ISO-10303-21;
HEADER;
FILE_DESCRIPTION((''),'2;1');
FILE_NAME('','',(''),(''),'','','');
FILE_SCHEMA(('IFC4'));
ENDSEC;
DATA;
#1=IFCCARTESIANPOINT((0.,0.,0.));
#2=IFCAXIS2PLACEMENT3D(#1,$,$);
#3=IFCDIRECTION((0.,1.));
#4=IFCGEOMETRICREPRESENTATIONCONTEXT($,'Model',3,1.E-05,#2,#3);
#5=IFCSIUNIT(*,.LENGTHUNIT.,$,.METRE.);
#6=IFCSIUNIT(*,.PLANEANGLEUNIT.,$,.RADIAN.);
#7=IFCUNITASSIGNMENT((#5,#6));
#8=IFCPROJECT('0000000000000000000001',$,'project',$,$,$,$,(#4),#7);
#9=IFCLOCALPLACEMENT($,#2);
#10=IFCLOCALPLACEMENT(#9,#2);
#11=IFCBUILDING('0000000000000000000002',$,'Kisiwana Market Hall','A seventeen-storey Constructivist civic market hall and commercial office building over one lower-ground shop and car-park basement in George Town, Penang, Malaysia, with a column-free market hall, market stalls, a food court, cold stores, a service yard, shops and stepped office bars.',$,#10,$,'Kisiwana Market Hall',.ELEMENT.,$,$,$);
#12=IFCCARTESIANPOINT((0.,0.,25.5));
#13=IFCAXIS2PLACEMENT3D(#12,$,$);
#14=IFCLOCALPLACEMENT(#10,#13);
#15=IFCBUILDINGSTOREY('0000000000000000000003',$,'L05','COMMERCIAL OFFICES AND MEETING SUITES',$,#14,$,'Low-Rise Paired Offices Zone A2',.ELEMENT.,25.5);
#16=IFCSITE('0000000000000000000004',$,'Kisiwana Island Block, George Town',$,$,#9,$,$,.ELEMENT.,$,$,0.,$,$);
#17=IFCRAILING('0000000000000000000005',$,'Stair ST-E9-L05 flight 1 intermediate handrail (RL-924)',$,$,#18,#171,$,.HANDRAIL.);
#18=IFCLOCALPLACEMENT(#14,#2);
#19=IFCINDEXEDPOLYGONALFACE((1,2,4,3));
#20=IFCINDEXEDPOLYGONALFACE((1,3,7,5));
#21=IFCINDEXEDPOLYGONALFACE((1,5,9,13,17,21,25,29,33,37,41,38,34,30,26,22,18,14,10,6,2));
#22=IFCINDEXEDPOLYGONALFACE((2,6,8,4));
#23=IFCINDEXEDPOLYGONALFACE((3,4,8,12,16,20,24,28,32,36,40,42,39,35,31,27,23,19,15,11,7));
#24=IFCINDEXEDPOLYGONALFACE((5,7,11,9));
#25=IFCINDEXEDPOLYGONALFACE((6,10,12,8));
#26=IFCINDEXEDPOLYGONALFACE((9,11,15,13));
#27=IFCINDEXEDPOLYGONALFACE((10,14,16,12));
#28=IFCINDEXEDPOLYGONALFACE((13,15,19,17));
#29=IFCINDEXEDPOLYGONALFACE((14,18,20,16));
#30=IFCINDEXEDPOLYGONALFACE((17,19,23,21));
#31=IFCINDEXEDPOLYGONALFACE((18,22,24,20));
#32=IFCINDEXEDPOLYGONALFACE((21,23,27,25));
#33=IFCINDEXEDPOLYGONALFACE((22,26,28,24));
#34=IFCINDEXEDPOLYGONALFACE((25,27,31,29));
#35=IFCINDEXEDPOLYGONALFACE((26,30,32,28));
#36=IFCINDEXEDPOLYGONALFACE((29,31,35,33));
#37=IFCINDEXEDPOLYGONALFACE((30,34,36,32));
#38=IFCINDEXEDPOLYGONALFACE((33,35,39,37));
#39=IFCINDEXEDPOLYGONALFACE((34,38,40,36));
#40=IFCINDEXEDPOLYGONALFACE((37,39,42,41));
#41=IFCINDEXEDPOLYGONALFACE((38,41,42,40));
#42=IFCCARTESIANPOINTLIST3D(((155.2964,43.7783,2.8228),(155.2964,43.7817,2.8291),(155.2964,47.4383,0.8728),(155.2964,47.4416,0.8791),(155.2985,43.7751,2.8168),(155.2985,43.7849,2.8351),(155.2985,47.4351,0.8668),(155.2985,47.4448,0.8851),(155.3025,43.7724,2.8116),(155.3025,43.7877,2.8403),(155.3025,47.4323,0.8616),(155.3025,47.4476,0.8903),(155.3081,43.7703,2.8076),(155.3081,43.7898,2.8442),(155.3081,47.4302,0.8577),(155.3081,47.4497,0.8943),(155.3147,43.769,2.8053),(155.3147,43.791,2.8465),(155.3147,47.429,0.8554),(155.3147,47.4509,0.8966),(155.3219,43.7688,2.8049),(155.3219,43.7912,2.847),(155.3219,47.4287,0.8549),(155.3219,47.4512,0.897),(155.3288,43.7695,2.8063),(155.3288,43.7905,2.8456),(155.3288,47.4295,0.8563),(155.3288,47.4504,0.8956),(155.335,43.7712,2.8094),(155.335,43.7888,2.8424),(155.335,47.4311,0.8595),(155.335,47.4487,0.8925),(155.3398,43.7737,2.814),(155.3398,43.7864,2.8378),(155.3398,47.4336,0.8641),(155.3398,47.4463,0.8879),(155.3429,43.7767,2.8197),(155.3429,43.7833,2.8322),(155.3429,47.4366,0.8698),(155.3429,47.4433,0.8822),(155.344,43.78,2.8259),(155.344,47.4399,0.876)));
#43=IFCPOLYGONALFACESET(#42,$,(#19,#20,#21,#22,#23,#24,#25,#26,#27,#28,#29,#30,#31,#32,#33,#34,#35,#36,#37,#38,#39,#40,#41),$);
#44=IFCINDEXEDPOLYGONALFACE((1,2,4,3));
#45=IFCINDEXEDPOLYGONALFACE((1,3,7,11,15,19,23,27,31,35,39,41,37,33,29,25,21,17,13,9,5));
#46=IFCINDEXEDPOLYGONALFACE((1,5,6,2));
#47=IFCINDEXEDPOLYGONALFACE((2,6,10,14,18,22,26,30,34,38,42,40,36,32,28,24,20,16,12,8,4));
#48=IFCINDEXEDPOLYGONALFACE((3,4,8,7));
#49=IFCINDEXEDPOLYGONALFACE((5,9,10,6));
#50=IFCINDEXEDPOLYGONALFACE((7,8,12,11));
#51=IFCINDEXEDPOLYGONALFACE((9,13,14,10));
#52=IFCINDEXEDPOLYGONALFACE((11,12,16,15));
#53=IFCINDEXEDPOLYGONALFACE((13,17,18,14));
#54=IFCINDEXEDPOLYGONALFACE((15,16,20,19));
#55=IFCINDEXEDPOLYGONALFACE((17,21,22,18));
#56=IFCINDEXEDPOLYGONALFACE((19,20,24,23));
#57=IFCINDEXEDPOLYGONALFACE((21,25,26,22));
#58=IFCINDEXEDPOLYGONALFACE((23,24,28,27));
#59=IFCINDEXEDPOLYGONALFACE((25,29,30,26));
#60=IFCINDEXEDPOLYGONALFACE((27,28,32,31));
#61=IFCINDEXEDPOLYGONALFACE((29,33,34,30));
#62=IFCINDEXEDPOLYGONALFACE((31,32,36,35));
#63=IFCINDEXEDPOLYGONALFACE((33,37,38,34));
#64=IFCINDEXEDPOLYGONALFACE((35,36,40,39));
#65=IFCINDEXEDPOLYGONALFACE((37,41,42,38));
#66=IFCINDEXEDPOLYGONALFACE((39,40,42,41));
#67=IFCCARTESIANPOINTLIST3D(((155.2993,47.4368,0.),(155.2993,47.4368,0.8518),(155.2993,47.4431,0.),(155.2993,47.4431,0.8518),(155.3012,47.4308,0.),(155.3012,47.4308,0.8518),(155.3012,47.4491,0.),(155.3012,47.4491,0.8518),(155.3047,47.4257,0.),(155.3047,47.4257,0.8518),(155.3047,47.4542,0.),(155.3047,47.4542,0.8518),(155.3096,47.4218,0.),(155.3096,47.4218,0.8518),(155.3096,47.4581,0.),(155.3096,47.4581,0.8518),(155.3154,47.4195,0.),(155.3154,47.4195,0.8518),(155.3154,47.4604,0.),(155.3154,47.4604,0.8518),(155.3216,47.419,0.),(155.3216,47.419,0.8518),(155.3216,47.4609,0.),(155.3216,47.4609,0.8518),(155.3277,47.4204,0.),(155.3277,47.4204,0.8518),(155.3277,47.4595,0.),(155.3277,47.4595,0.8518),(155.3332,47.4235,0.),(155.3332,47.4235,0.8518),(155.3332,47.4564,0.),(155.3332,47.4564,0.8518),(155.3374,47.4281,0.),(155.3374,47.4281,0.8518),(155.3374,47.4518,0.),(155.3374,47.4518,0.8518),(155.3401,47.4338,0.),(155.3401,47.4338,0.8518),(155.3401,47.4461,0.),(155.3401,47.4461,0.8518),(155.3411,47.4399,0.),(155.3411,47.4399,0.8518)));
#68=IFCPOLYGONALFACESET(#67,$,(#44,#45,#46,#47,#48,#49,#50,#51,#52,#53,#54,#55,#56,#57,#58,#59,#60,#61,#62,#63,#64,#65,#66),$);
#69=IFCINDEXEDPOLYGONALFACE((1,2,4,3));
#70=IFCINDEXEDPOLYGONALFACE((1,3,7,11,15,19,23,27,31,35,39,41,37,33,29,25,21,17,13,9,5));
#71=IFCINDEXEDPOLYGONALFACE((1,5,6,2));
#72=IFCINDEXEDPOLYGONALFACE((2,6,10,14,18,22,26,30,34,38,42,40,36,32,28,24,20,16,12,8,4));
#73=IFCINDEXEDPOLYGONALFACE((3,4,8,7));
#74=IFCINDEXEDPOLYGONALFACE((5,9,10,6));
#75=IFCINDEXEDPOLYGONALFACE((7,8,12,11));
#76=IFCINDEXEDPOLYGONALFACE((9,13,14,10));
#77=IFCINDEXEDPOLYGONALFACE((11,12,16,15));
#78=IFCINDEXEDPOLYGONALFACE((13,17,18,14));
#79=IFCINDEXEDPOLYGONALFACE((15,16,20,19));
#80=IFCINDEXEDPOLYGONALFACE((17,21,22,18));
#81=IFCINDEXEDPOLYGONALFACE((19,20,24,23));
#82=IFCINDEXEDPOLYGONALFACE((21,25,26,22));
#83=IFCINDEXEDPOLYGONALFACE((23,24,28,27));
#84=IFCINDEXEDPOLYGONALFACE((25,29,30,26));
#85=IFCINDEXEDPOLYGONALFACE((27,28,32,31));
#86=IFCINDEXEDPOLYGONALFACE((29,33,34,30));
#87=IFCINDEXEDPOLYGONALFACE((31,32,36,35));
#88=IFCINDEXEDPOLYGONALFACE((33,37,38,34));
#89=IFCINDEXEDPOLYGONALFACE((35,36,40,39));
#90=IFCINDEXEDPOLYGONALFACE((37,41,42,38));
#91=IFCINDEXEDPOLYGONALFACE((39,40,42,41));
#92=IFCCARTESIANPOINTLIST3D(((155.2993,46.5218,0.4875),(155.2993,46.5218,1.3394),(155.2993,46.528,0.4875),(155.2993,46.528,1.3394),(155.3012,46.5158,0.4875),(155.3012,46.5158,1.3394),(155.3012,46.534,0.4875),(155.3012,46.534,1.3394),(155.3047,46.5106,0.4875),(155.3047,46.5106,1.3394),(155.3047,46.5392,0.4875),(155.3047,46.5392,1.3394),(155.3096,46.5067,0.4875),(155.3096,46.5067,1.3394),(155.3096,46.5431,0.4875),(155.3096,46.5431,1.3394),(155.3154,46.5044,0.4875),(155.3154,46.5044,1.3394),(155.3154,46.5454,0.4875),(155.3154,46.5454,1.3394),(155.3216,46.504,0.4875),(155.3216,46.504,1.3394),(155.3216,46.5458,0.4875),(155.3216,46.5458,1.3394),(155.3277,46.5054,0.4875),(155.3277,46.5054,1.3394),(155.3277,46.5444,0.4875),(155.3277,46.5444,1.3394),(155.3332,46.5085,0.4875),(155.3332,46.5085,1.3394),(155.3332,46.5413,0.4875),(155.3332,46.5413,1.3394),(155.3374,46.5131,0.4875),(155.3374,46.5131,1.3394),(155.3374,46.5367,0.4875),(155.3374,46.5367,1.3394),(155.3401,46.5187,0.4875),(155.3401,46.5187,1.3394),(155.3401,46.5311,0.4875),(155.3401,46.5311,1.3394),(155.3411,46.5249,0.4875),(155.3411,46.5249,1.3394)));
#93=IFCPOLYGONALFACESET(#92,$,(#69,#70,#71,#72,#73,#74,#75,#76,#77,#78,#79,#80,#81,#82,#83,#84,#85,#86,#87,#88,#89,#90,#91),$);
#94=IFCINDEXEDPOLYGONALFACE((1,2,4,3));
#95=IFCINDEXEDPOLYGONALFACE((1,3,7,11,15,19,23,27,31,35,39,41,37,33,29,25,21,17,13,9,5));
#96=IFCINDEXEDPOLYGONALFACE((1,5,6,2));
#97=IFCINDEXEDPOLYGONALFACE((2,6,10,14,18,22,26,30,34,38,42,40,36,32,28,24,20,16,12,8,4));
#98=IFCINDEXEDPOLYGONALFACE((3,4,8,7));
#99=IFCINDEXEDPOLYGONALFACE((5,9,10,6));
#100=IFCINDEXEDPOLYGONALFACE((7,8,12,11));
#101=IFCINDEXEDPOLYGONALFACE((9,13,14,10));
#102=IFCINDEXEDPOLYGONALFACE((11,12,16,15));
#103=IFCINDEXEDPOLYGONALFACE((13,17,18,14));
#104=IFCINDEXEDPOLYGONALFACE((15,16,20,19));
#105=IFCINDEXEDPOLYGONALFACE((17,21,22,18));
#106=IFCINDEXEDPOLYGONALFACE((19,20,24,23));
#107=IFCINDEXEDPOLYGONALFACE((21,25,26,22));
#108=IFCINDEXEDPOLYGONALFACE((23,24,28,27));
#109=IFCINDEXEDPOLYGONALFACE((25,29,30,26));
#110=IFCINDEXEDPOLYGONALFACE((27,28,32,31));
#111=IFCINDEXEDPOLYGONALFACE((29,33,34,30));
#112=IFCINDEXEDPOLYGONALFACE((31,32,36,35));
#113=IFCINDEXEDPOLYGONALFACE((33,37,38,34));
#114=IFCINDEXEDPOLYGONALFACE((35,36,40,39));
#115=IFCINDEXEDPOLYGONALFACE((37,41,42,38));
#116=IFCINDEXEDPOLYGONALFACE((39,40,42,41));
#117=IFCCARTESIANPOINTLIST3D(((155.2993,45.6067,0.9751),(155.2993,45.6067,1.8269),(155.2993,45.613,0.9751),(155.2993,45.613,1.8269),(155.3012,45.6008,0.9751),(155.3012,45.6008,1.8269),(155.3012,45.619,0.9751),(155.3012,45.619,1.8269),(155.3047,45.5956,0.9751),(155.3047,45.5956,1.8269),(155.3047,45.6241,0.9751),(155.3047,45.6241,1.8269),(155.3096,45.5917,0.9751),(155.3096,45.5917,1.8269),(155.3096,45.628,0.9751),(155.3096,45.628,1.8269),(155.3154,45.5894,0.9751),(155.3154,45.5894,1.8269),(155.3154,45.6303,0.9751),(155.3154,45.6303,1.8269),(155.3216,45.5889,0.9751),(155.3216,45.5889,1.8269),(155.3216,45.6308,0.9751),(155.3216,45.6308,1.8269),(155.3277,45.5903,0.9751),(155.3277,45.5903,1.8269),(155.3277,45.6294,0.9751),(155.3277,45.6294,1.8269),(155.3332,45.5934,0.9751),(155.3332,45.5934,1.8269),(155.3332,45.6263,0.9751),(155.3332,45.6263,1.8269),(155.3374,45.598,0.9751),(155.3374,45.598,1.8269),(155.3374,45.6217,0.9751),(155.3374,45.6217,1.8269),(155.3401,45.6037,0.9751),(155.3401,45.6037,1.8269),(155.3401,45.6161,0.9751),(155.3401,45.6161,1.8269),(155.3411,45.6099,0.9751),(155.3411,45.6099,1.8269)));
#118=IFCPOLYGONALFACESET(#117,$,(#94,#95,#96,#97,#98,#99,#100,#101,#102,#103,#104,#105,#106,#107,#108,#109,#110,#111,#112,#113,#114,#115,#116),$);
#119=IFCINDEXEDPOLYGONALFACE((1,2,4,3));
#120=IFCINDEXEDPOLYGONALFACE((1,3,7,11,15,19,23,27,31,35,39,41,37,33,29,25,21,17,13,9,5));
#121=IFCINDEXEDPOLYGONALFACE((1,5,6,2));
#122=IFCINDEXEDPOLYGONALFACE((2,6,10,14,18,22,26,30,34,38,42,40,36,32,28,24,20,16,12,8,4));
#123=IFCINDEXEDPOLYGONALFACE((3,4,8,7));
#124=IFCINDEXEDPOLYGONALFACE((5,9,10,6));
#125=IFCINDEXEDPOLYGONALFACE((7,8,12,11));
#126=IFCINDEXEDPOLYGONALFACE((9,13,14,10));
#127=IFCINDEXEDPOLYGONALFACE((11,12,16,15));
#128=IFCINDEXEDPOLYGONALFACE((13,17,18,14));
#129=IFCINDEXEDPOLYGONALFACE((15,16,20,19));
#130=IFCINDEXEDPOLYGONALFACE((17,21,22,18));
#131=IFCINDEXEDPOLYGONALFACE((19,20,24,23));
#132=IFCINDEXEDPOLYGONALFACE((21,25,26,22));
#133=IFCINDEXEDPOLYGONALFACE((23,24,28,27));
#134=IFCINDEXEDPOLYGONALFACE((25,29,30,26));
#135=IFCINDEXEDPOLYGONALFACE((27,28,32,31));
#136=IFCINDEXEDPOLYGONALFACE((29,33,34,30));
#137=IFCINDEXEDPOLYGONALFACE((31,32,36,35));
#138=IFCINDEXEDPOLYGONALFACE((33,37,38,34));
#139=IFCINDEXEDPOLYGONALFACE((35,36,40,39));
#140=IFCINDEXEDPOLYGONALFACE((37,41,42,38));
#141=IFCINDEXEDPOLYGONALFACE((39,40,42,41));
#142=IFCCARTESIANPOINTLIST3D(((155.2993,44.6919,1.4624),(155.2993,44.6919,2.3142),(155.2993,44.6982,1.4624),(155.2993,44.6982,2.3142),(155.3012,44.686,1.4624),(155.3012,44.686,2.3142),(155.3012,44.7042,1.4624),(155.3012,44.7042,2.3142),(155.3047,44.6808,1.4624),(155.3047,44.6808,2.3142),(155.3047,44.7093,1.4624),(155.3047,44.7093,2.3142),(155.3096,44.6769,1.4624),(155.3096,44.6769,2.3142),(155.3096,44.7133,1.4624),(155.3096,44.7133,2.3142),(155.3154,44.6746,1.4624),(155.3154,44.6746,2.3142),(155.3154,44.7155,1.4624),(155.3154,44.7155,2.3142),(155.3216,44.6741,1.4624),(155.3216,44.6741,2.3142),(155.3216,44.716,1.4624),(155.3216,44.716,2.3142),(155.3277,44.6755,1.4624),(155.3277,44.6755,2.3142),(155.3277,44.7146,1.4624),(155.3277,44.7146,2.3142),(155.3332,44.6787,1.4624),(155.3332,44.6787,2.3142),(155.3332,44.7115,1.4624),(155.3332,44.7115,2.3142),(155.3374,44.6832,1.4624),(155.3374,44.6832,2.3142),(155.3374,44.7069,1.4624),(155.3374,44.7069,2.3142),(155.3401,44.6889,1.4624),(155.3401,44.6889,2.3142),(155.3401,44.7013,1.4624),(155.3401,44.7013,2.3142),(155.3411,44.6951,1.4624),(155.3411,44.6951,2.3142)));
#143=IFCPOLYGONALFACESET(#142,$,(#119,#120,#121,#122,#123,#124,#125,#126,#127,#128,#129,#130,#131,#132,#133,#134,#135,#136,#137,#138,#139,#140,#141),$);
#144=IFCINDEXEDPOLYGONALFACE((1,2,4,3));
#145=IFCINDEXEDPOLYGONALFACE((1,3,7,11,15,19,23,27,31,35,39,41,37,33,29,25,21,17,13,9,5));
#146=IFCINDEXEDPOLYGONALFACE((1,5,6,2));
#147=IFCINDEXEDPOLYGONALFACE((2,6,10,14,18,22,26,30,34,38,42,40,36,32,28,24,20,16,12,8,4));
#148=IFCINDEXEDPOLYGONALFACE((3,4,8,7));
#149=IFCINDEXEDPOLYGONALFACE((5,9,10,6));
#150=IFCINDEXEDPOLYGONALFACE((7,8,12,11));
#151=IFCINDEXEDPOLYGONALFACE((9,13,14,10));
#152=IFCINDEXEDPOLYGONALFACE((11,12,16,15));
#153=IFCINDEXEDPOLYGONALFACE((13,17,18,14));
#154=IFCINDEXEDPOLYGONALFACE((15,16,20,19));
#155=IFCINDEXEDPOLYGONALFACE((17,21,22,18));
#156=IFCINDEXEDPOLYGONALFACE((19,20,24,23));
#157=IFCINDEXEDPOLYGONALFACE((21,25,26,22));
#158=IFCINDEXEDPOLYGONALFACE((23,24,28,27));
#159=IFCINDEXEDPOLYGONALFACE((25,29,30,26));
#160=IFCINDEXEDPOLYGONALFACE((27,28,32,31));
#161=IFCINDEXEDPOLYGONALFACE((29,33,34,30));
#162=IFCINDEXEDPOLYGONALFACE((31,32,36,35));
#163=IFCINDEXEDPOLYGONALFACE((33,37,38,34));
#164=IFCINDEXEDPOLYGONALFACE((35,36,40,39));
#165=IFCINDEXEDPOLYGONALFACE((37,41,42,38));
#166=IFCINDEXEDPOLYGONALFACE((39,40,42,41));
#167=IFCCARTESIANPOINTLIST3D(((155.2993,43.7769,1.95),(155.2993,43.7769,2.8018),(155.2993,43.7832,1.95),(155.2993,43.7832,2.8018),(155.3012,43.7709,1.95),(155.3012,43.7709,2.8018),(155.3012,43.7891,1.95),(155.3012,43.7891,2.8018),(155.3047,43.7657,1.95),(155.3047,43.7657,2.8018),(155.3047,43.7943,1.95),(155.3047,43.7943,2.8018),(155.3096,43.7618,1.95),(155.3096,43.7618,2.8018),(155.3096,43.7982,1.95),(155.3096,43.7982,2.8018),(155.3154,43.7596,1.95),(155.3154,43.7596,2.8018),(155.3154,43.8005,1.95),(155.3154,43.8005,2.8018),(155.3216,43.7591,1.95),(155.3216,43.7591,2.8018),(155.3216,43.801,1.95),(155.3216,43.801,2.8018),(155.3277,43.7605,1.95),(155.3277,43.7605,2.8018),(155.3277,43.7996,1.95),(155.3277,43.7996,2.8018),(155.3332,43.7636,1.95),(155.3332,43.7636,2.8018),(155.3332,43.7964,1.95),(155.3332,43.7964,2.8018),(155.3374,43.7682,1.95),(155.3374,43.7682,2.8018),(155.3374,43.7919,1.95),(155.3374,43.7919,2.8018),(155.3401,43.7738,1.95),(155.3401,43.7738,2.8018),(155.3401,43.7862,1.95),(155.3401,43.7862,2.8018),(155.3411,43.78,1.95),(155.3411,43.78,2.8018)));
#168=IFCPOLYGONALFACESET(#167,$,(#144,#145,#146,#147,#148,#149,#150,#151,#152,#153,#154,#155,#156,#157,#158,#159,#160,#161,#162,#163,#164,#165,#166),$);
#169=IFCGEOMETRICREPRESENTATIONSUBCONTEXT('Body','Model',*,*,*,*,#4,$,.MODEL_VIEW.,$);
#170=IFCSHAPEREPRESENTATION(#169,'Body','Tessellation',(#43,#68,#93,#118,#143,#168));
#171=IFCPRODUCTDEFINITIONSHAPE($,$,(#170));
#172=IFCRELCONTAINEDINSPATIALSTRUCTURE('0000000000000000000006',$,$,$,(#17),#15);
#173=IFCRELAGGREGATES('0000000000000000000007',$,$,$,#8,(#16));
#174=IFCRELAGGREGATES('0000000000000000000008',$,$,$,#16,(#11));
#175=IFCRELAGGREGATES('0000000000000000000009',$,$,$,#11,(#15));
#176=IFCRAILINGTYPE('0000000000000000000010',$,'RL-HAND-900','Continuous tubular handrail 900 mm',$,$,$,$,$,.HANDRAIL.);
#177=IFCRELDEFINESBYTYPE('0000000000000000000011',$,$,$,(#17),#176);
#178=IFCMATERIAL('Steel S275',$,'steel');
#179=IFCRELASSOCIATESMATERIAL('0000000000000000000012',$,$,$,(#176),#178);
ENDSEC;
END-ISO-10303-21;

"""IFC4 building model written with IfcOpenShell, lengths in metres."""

from ifc_helpers import new_model, si_unit, direction, frame, origin, origin_2d, place, context, subcontext, project, spatial, circle, extrude, material, type_object, element, save


model = new_model("IFC4")

# Units and contexts
model_context = context("Model", 3, precision=1e-05, world=origin(), true_north=direction((0.0, 1.0)))
body_context = subcontext(model_context, "Body", "Model", "MODEL_VIEW")
ifc_project = project(units=[si_unit("LENGTHUNIT", "METRE"), si_unit("PLANEANGLEUNIT", "RADIAN")], contexts=[model_context])

# Site, building, storey
site_placement = place(None, origin())
site = spatial("IfcSite", under=ifc_project, at=site_placement, Name="Kisiwana Island Block, George Town", CompositionType="ELEMENT", RefElevation=0.0)
building_placement = place(site_placement, origin())
building = spatial("IfcBuilding", under=site, at=building_placement, Name="Kisiwana Market Hall", Description="A seventeen-storey Constructivist civic market hall and commercial office building over one lower-ground shop and car-park basement in George Town, Penang, Malaysia, with a column-free market hall, market stalls, a food court, cold stores, a service yard, shops and stepped office bars.", LongName="Kisiwana Market Hall", CompositionType="ELEMENT")
storey_placement = place(building_placement, frame((0.0, 0.0, 25.5)))
storey = spatial("IfcBuildingStorey", under=building, at=storey_placement, Name="L05", Description="COMMERCIAL OFFICES AND MEETING SUITES", LongName="Low-Rise Paired Offices Zone A2", CompositionType="ELEMENT", Elevation=25.5)

# Railing
ifc_material_1 = material(Name="Steel S275", Category="steel")
railing_type_1 = type_object("IfcRailingType", Name="RL-HAND-900", Description="Continuous tubular handrail 900 mm", PredefinedType="HANDRAIL", material=ifc_material_1)
railing_1_placement = place(storey_placement, frame((155.3201, 47.4399, 0.0)))
element("IfcRailing", 1, at=railing_1_placement, inside=storey, type_object=railing_type_1, Name="Stair ST-E9-L05 flight 1 intermediate handrail (RL-924)", PredefinedType="HANDRAIL", context=body_context, shape_type="SweptSolid", body=[
    extrude(circle(Radius=0.0239, at=origin_2d()), frame((0.0, 0.0, 0.876), z_axis=(0.0, -0.882553, 0.470212), x_axis=(1.0, 0.0, 0.0)), (0.0, 0.0, 1.0), 4.147),
    extrude(circle(Radius=0.021, at=origin_2d()), origin(), (0.0, 0.0, 1.0), 0.8518),
    extrude(circle(Radius=0.021, at=origin_2d()), frame((0.0, -0.915, 0.4875)), (0.0, 0.0, 1.0), 0.8518),
    extrude(circle(Radius=0.021, at=origin_2d()), frame((0.0, -1.8301, 0.9751)), (0.0, 0.0, 1.0), 0.8518),
    extrude(circle(Radius=0.021, at=origin_2d()), frame((0.0, -2.7449, 1.4624)), (0.0, 0.0, 1.0), 0.8518),
    extrude(circle(Radius=0.021, at=origin_2d()), frame((0.0, -3.6599, 1.95)), (0.0, 0.0, 1.0), 0.8518),
])

save(model, "model.ifc")
